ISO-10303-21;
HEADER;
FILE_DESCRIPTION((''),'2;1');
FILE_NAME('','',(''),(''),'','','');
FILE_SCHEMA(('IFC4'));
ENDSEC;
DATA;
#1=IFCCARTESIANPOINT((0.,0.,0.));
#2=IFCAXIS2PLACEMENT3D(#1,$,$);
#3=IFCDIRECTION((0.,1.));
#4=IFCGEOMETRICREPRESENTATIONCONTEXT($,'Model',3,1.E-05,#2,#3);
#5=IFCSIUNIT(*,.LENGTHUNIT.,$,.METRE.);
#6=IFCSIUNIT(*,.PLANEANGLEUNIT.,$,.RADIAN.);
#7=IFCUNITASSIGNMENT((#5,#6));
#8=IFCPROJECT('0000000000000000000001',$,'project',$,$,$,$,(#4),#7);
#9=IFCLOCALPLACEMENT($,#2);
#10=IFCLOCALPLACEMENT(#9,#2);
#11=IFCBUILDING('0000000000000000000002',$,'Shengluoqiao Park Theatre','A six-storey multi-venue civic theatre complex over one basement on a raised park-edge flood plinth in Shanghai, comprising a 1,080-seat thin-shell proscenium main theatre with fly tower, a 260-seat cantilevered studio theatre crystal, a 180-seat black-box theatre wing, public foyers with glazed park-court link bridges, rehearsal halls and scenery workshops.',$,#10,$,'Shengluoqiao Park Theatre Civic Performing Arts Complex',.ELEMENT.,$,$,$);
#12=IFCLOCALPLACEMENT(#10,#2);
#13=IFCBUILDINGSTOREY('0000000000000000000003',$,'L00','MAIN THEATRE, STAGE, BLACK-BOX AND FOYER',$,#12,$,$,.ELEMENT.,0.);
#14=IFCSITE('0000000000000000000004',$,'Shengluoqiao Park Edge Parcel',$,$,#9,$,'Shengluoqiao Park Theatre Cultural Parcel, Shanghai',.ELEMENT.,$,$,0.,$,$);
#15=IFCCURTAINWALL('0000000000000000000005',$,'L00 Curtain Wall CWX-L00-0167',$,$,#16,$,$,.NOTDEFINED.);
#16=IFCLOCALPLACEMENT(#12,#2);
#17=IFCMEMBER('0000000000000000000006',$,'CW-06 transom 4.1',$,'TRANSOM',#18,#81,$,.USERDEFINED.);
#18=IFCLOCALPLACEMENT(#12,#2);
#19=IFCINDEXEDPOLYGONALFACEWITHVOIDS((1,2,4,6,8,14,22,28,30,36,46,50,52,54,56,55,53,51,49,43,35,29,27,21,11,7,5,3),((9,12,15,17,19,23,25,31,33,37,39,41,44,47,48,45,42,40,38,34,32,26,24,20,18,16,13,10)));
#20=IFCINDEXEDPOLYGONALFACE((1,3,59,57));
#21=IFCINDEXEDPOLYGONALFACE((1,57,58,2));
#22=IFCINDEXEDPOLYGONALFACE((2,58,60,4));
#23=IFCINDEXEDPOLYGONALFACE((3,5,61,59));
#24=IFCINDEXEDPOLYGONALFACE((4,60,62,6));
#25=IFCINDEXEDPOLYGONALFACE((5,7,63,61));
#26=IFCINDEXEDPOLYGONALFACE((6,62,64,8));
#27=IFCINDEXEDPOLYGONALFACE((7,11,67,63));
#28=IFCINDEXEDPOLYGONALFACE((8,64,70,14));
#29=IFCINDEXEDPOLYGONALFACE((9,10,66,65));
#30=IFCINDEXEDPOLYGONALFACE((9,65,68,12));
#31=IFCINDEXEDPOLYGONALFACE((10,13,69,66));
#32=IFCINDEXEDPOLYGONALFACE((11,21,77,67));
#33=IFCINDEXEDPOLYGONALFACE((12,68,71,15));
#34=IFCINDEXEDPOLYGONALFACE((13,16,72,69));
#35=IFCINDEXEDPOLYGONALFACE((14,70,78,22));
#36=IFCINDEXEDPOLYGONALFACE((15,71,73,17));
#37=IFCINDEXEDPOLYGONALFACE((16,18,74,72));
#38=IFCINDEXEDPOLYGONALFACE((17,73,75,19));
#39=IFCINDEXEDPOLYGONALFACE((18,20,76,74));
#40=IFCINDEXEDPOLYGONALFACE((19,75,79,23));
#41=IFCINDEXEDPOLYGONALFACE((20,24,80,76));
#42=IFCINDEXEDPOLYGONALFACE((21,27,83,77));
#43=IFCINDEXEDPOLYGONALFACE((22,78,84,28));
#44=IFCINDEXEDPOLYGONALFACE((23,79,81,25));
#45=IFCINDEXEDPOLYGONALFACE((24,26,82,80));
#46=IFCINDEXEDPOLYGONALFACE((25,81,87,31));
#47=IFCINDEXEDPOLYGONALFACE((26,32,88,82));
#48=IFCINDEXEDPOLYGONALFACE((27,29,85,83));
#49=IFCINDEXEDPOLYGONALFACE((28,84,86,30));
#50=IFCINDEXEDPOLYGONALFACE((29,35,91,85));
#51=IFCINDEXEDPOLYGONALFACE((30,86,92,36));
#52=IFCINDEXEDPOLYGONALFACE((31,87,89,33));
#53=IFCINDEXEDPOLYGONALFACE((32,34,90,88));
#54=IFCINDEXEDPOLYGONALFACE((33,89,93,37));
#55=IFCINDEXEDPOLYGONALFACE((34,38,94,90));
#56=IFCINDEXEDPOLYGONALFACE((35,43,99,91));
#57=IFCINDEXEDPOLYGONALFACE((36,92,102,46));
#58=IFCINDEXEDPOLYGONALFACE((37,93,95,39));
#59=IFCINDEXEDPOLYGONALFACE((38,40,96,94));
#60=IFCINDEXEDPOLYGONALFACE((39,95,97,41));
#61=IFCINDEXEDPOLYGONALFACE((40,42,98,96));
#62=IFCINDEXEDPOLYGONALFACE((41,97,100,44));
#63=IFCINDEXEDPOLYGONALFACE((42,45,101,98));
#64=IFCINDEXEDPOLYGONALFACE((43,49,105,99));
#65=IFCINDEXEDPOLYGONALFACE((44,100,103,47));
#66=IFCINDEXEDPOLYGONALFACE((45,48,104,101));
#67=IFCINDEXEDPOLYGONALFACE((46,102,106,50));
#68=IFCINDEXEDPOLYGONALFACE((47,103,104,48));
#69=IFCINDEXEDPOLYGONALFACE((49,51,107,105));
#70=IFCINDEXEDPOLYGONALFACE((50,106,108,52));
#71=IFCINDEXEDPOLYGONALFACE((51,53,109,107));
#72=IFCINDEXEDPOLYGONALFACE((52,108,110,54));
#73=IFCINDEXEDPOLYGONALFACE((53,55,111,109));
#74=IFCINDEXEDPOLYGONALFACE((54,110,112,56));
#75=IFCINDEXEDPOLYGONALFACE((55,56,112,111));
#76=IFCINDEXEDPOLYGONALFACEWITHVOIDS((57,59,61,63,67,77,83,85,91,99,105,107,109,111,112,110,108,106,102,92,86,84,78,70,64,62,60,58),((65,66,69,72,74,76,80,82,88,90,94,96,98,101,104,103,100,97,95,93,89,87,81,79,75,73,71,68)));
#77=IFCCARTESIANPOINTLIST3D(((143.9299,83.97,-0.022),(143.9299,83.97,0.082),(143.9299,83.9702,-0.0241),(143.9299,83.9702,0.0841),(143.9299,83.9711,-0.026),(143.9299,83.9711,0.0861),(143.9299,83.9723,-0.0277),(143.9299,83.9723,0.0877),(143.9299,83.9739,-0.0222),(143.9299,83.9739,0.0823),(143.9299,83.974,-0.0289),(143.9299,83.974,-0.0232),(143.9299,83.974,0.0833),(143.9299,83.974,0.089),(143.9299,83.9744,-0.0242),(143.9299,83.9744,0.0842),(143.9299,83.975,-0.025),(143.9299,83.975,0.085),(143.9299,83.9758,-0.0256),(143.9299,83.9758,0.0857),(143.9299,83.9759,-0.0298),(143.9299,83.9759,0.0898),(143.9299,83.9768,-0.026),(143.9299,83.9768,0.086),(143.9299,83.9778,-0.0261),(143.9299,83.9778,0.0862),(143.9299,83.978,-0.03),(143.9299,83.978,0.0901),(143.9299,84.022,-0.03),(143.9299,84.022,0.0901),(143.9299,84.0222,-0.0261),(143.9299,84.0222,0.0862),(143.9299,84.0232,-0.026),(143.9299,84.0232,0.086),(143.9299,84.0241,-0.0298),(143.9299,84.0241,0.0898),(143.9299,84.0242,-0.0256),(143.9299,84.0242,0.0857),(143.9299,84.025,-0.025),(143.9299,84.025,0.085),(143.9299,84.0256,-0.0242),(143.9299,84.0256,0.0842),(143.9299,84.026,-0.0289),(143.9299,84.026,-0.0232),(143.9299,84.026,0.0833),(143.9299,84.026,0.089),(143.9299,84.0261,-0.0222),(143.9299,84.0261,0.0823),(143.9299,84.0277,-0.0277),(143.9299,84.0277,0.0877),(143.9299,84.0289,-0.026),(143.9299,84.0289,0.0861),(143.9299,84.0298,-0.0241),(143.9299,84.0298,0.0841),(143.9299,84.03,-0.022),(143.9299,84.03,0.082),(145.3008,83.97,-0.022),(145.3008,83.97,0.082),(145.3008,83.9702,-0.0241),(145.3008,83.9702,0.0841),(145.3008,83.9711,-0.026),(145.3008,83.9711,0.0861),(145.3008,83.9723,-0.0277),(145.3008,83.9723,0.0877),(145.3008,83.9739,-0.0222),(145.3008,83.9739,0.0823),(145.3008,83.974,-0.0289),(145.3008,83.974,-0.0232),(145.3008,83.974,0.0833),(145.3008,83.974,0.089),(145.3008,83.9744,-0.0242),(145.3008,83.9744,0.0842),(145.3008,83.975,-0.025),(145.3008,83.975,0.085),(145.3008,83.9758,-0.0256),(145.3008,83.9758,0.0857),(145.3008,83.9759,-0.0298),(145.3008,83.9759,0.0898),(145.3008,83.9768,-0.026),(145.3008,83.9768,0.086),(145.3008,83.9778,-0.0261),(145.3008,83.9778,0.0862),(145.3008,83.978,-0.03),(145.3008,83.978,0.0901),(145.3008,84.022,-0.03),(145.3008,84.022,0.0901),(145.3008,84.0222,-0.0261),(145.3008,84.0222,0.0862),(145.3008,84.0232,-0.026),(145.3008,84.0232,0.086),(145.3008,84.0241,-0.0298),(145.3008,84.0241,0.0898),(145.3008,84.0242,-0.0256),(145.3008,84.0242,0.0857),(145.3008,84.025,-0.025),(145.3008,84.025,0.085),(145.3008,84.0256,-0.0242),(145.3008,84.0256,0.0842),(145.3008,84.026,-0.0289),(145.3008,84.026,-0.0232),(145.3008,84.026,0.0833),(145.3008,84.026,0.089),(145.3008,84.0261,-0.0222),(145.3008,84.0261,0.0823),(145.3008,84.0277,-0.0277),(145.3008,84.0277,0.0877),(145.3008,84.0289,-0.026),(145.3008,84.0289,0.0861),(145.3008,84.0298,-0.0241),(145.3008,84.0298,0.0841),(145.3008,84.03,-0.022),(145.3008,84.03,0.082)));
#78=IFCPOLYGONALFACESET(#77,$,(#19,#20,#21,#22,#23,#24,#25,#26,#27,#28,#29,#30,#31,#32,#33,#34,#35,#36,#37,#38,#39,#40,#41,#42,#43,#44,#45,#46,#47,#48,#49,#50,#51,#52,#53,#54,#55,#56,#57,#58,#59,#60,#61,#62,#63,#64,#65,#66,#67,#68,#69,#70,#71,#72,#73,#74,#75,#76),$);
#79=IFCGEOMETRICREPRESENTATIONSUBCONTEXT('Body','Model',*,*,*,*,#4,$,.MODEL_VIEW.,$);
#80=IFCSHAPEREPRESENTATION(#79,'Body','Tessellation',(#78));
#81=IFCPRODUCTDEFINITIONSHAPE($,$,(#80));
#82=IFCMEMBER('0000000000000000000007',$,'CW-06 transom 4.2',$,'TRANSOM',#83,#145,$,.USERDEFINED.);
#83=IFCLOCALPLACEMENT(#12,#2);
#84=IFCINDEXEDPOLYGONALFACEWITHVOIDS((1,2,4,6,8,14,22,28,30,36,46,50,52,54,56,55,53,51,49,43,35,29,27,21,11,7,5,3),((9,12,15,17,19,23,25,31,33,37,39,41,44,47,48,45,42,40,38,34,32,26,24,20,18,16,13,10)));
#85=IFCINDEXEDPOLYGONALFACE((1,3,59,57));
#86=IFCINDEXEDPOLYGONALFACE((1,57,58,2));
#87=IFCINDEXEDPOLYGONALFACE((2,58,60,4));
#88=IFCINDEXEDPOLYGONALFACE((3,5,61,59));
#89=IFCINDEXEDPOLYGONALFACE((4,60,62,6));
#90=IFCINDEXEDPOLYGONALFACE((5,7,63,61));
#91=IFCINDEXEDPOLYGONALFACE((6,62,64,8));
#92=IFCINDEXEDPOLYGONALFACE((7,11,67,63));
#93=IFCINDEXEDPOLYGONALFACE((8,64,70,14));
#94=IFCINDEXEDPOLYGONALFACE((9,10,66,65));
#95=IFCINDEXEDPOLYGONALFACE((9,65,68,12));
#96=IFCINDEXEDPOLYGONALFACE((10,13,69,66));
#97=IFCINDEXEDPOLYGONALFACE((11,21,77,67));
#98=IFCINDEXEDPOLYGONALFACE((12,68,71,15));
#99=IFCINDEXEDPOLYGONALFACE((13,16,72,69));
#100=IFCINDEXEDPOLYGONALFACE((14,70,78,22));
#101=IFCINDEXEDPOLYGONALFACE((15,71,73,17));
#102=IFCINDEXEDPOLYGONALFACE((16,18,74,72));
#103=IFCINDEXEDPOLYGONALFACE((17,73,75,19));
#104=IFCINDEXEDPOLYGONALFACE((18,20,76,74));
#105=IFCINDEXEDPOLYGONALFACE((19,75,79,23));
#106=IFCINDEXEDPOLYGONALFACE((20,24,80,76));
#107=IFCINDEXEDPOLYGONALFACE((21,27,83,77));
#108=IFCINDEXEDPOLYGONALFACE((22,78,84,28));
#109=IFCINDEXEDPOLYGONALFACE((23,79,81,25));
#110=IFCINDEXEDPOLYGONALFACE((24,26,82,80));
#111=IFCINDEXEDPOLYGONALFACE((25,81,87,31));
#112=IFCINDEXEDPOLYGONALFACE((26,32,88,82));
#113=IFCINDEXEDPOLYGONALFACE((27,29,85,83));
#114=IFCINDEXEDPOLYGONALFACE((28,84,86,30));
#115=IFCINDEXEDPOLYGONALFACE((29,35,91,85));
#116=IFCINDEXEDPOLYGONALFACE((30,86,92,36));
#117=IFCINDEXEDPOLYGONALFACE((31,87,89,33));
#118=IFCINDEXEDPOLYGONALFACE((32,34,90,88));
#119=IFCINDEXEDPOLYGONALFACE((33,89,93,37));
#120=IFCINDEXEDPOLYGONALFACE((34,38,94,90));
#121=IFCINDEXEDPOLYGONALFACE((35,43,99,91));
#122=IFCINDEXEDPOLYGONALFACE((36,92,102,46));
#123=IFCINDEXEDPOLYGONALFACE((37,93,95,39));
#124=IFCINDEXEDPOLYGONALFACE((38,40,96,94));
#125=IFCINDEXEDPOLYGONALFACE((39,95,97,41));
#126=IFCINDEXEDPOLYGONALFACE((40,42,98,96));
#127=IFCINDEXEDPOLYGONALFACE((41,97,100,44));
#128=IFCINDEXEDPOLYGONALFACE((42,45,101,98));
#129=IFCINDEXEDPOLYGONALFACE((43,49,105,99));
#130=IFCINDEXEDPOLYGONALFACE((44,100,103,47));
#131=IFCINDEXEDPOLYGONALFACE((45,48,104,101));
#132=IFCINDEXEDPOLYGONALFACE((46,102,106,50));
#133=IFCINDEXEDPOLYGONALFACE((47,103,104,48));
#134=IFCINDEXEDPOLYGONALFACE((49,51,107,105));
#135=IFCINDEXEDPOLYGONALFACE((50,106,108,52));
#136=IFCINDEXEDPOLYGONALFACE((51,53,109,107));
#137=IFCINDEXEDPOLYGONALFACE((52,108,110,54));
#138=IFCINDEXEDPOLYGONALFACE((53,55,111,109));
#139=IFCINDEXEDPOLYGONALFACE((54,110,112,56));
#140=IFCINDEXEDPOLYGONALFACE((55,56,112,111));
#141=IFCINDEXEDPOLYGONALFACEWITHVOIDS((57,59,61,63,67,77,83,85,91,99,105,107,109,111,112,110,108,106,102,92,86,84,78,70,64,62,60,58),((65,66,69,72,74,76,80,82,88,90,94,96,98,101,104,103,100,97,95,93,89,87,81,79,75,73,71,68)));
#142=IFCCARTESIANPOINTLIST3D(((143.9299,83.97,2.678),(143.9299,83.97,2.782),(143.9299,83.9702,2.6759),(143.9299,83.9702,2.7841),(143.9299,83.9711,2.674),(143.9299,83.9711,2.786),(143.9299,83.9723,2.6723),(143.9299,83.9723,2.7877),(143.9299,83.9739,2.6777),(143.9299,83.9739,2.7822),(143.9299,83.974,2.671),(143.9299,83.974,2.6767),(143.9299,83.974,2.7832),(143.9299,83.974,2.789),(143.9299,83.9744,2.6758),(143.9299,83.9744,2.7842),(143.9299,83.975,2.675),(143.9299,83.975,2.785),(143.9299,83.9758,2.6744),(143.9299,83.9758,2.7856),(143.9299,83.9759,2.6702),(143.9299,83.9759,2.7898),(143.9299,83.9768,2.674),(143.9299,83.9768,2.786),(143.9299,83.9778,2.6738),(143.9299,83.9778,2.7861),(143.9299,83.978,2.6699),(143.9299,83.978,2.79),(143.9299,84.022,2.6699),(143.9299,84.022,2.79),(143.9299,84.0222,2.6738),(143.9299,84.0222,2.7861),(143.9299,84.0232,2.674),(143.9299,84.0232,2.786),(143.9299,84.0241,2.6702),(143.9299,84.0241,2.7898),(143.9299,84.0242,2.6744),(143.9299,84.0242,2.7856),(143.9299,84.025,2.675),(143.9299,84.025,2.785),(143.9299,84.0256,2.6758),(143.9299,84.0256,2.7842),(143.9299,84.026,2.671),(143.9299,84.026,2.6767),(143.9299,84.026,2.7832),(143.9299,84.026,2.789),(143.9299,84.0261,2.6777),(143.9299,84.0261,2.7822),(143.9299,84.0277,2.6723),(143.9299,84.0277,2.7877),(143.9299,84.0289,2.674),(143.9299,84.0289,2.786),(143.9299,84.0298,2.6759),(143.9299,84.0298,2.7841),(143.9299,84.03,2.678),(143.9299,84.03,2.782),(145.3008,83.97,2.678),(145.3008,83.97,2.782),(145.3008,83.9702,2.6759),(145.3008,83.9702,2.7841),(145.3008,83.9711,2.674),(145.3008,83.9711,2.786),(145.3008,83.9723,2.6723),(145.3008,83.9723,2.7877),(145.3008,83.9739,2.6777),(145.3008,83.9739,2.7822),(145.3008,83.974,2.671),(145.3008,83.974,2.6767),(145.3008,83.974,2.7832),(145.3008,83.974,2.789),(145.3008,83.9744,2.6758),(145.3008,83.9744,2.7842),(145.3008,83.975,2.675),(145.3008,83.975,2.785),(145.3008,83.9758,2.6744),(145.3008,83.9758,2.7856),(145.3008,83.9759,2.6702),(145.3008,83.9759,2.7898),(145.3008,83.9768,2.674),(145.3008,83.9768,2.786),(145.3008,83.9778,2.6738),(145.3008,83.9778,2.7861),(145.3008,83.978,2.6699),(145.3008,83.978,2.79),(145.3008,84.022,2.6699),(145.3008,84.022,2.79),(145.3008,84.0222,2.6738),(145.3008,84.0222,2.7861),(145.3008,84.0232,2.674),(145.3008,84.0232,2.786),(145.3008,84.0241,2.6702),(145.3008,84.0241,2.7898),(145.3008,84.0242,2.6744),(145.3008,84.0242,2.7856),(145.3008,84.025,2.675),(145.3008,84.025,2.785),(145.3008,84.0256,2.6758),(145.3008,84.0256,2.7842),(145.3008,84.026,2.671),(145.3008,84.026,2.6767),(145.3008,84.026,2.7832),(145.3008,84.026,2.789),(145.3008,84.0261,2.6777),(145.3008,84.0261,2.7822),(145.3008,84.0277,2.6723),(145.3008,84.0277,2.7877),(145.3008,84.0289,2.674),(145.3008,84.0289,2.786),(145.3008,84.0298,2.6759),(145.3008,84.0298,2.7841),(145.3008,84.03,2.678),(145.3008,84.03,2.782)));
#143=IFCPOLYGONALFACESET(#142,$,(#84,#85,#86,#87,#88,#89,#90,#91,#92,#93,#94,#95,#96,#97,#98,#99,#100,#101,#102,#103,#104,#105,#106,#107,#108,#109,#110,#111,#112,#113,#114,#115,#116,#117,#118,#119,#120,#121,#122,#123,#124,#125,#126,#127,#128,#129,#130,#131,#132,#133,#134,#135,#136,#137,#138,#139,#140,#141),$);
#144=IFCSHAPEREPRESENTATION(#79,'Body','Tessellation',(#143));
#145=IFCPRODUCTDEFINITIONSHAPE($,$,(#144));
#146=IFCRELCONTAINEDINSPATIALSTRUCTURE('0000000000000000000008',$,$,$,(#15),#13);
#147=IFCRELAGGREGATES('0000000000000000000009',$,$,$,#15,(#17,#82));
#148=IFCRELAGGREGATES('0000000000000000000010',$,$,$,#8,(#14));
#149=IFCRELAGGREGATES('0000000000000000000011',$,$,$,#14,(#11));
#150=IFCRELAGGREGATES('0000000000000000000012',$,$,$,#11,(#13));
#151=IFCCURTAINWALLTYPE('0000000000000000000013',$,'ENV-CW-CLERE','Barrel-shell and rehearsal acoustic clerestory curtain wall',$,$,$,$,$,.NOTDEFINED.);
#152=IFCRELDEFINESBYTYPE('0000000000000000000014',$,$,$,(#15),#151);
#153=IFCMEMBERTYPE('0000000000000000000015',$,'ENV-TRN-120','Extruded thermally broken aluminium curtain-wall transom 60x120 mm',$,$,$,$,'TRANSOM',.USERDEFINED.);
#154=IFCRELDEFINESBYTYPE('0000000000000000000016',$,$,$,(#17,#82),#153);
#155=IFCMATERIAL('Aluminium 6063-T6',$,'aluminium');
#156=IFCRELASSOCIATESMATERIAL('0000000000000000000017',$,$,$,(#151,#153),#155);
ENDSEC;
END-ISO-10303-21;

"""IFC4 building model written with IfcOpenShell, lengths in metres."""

from ifc_helpers import new_model, si_unit, direction, frame, origin, origin_2d, place, context, subcontext, project, spatial, hollow_rectangle, extrude, material, material_profile, profile_set, type_object, element, aggregate, save


model = new_model("IFC4")

# Units and contexts
model_context = context("Model", 3, precision=1e-05, world=origin(), true_north=direction((0.0, 1.0)))
body_context = subcontext(model_context, "Body", "Model", "MODEL_VIEW")
ifc_project = project(units=[si_unit("LENGTHUNIT", "METRE"), si_unit("PLANEANGLEUNIT", "RADIAN")], contexts=[model_context])

# Site, building, storey
site_placement = place(None, origin())
site = spatial("IfcSite", under=ifc_project, at=site_placement, Name="Shengluoqiao Park Edge Parcel", LongName="Shengluoqiao Park Theatre Cultural Parcel, Shanghai", CompositionType="ELEMENT", RefElevation=0.0)
building_placement = place(site_placement, origin())
building = spatial("IfcBuilding", under=site, at=building_placement, Name="Shengluoqiao Park Theatre", Description="A six-storey multi-venue civic theatre complex over one basement on a raised park-edge flood plinth in Shanghai, comprising a 1,080-seat thin-shell proscenium main theatre with fly tower, a 260-seat cantilevered studio theatre crystal, a 180-seat black-box theatre wing, public foyers with glazed park-court link bridges, rehearsal halls and scenery workshops.", LongName="Shengluoqiao Park Theatre Civic Performing Arts Complex", CompositionType="ELEMENT")
storey_placement = place(building_placement, origin())
storey = spatial("IfcBuildingStorey", under=building, at=storey_placement, Name="L00", Description="MAIN THEATRE, STAGE, BLACK-BOX AND FOYER", CompositionType="ELEMENT", Elevation=0.0)

# Curtain wall
ifc_material_1 = material(Name="Aluminium 6063-T6", Category="aluminium")
curtain_wall_type_1 = type_object("IfcCurtainWallType", Name="ENV-CW-CLERE", Description="Barrel-shell and rehearsal acoustic clerestory curtain wall", PredefinedType="NOTDEFINED", material=ifc_material_1)
curtain_wall_1_placement = place(storey_placement, origin())
curtain_wall_1 = element("IfcCurtainWall", 1, at=curtain_wall_1_placement, inside=storey, type_object=curtain_wall_type_1, Name="L00 Curtain Wall CWX-L00-0167", PredefinedType="NOTDEFINED")

# Members
ifc_material_profile_1 = material_profile(ifc_material_1, hollow_rectangle(XDim=0.0601, YDim=0.1201, WallThickness=0.0039, InnerFilletRadius=0.0039, OuterFilletRadius=0.0081, at=origin_2d()), Name="ALU TRANSOM 120x60x4")
ifc_profile_set_1 = profile_set([ifc_material_profile_1], Name="Aluminium 6063-T6")
member_type_1 = type_object("IfcMemberType", Name="ENV-TRN-120", Description="Extruded thermally broken aluminium curtain-wall transom 60x120 mm", ElementType="TRANSOM", PredefinedType="USERDEFINED", material=ifc_profile_set_1)
member_1_placement = place(storey_placement, frame((143.9299, 84.0, 0.03), z_axis=(1.0, 0.0, 0.0), x_axis=(0.0, 1.0, 0.0)))
member_1 = element("IfcMember", 2, at=member_1_placement, type_object=member_type_1, Name="CW-06 transom 4.1", ObjectType="TRANSOM", PredefinedType="USERDEFINED", context=body_context, shape_type="SweptSolid", body=[
    extrude(hollow_rectangle(XDim=0.0601, YDim=0.1201, WallThickness=0.0039, InnerFilletRadius=0.0039, OuterFilletRadius=0.0081, at=origin_2d()), origin(), (0.0, 0.0, 1.0), 1.3708),
])
member_2_placement = place(storey_placement, frame((143.9299, 84.0, 2.73), z_axis=(1.0, 0.0, 0.0), x_axis=(0.0, 1.0, 0.0)))
member_2 = element("IfcMember", 3, at=member_2_placement, type_object=member_type_1, Name="CW-06 transom 4.2", ObjectType="TRANSOM", PredefinedType="USERDEFINED", context=body_context, shape_type="SweptSolid", body=[
    extrude(hollow_rectangle(XDim=0.0601, YDim=0.1201, WallThickness=0.0039, InnerFilletRadius=0.0039, OuterFilletRadius=0.0081, at=origin_2d()), origin(), (0.0, 0.0, 1.0), 1.3708),
])

aggregate(curtain_wall_1, [member_1, member_2])

save(model, "model.ifc")
